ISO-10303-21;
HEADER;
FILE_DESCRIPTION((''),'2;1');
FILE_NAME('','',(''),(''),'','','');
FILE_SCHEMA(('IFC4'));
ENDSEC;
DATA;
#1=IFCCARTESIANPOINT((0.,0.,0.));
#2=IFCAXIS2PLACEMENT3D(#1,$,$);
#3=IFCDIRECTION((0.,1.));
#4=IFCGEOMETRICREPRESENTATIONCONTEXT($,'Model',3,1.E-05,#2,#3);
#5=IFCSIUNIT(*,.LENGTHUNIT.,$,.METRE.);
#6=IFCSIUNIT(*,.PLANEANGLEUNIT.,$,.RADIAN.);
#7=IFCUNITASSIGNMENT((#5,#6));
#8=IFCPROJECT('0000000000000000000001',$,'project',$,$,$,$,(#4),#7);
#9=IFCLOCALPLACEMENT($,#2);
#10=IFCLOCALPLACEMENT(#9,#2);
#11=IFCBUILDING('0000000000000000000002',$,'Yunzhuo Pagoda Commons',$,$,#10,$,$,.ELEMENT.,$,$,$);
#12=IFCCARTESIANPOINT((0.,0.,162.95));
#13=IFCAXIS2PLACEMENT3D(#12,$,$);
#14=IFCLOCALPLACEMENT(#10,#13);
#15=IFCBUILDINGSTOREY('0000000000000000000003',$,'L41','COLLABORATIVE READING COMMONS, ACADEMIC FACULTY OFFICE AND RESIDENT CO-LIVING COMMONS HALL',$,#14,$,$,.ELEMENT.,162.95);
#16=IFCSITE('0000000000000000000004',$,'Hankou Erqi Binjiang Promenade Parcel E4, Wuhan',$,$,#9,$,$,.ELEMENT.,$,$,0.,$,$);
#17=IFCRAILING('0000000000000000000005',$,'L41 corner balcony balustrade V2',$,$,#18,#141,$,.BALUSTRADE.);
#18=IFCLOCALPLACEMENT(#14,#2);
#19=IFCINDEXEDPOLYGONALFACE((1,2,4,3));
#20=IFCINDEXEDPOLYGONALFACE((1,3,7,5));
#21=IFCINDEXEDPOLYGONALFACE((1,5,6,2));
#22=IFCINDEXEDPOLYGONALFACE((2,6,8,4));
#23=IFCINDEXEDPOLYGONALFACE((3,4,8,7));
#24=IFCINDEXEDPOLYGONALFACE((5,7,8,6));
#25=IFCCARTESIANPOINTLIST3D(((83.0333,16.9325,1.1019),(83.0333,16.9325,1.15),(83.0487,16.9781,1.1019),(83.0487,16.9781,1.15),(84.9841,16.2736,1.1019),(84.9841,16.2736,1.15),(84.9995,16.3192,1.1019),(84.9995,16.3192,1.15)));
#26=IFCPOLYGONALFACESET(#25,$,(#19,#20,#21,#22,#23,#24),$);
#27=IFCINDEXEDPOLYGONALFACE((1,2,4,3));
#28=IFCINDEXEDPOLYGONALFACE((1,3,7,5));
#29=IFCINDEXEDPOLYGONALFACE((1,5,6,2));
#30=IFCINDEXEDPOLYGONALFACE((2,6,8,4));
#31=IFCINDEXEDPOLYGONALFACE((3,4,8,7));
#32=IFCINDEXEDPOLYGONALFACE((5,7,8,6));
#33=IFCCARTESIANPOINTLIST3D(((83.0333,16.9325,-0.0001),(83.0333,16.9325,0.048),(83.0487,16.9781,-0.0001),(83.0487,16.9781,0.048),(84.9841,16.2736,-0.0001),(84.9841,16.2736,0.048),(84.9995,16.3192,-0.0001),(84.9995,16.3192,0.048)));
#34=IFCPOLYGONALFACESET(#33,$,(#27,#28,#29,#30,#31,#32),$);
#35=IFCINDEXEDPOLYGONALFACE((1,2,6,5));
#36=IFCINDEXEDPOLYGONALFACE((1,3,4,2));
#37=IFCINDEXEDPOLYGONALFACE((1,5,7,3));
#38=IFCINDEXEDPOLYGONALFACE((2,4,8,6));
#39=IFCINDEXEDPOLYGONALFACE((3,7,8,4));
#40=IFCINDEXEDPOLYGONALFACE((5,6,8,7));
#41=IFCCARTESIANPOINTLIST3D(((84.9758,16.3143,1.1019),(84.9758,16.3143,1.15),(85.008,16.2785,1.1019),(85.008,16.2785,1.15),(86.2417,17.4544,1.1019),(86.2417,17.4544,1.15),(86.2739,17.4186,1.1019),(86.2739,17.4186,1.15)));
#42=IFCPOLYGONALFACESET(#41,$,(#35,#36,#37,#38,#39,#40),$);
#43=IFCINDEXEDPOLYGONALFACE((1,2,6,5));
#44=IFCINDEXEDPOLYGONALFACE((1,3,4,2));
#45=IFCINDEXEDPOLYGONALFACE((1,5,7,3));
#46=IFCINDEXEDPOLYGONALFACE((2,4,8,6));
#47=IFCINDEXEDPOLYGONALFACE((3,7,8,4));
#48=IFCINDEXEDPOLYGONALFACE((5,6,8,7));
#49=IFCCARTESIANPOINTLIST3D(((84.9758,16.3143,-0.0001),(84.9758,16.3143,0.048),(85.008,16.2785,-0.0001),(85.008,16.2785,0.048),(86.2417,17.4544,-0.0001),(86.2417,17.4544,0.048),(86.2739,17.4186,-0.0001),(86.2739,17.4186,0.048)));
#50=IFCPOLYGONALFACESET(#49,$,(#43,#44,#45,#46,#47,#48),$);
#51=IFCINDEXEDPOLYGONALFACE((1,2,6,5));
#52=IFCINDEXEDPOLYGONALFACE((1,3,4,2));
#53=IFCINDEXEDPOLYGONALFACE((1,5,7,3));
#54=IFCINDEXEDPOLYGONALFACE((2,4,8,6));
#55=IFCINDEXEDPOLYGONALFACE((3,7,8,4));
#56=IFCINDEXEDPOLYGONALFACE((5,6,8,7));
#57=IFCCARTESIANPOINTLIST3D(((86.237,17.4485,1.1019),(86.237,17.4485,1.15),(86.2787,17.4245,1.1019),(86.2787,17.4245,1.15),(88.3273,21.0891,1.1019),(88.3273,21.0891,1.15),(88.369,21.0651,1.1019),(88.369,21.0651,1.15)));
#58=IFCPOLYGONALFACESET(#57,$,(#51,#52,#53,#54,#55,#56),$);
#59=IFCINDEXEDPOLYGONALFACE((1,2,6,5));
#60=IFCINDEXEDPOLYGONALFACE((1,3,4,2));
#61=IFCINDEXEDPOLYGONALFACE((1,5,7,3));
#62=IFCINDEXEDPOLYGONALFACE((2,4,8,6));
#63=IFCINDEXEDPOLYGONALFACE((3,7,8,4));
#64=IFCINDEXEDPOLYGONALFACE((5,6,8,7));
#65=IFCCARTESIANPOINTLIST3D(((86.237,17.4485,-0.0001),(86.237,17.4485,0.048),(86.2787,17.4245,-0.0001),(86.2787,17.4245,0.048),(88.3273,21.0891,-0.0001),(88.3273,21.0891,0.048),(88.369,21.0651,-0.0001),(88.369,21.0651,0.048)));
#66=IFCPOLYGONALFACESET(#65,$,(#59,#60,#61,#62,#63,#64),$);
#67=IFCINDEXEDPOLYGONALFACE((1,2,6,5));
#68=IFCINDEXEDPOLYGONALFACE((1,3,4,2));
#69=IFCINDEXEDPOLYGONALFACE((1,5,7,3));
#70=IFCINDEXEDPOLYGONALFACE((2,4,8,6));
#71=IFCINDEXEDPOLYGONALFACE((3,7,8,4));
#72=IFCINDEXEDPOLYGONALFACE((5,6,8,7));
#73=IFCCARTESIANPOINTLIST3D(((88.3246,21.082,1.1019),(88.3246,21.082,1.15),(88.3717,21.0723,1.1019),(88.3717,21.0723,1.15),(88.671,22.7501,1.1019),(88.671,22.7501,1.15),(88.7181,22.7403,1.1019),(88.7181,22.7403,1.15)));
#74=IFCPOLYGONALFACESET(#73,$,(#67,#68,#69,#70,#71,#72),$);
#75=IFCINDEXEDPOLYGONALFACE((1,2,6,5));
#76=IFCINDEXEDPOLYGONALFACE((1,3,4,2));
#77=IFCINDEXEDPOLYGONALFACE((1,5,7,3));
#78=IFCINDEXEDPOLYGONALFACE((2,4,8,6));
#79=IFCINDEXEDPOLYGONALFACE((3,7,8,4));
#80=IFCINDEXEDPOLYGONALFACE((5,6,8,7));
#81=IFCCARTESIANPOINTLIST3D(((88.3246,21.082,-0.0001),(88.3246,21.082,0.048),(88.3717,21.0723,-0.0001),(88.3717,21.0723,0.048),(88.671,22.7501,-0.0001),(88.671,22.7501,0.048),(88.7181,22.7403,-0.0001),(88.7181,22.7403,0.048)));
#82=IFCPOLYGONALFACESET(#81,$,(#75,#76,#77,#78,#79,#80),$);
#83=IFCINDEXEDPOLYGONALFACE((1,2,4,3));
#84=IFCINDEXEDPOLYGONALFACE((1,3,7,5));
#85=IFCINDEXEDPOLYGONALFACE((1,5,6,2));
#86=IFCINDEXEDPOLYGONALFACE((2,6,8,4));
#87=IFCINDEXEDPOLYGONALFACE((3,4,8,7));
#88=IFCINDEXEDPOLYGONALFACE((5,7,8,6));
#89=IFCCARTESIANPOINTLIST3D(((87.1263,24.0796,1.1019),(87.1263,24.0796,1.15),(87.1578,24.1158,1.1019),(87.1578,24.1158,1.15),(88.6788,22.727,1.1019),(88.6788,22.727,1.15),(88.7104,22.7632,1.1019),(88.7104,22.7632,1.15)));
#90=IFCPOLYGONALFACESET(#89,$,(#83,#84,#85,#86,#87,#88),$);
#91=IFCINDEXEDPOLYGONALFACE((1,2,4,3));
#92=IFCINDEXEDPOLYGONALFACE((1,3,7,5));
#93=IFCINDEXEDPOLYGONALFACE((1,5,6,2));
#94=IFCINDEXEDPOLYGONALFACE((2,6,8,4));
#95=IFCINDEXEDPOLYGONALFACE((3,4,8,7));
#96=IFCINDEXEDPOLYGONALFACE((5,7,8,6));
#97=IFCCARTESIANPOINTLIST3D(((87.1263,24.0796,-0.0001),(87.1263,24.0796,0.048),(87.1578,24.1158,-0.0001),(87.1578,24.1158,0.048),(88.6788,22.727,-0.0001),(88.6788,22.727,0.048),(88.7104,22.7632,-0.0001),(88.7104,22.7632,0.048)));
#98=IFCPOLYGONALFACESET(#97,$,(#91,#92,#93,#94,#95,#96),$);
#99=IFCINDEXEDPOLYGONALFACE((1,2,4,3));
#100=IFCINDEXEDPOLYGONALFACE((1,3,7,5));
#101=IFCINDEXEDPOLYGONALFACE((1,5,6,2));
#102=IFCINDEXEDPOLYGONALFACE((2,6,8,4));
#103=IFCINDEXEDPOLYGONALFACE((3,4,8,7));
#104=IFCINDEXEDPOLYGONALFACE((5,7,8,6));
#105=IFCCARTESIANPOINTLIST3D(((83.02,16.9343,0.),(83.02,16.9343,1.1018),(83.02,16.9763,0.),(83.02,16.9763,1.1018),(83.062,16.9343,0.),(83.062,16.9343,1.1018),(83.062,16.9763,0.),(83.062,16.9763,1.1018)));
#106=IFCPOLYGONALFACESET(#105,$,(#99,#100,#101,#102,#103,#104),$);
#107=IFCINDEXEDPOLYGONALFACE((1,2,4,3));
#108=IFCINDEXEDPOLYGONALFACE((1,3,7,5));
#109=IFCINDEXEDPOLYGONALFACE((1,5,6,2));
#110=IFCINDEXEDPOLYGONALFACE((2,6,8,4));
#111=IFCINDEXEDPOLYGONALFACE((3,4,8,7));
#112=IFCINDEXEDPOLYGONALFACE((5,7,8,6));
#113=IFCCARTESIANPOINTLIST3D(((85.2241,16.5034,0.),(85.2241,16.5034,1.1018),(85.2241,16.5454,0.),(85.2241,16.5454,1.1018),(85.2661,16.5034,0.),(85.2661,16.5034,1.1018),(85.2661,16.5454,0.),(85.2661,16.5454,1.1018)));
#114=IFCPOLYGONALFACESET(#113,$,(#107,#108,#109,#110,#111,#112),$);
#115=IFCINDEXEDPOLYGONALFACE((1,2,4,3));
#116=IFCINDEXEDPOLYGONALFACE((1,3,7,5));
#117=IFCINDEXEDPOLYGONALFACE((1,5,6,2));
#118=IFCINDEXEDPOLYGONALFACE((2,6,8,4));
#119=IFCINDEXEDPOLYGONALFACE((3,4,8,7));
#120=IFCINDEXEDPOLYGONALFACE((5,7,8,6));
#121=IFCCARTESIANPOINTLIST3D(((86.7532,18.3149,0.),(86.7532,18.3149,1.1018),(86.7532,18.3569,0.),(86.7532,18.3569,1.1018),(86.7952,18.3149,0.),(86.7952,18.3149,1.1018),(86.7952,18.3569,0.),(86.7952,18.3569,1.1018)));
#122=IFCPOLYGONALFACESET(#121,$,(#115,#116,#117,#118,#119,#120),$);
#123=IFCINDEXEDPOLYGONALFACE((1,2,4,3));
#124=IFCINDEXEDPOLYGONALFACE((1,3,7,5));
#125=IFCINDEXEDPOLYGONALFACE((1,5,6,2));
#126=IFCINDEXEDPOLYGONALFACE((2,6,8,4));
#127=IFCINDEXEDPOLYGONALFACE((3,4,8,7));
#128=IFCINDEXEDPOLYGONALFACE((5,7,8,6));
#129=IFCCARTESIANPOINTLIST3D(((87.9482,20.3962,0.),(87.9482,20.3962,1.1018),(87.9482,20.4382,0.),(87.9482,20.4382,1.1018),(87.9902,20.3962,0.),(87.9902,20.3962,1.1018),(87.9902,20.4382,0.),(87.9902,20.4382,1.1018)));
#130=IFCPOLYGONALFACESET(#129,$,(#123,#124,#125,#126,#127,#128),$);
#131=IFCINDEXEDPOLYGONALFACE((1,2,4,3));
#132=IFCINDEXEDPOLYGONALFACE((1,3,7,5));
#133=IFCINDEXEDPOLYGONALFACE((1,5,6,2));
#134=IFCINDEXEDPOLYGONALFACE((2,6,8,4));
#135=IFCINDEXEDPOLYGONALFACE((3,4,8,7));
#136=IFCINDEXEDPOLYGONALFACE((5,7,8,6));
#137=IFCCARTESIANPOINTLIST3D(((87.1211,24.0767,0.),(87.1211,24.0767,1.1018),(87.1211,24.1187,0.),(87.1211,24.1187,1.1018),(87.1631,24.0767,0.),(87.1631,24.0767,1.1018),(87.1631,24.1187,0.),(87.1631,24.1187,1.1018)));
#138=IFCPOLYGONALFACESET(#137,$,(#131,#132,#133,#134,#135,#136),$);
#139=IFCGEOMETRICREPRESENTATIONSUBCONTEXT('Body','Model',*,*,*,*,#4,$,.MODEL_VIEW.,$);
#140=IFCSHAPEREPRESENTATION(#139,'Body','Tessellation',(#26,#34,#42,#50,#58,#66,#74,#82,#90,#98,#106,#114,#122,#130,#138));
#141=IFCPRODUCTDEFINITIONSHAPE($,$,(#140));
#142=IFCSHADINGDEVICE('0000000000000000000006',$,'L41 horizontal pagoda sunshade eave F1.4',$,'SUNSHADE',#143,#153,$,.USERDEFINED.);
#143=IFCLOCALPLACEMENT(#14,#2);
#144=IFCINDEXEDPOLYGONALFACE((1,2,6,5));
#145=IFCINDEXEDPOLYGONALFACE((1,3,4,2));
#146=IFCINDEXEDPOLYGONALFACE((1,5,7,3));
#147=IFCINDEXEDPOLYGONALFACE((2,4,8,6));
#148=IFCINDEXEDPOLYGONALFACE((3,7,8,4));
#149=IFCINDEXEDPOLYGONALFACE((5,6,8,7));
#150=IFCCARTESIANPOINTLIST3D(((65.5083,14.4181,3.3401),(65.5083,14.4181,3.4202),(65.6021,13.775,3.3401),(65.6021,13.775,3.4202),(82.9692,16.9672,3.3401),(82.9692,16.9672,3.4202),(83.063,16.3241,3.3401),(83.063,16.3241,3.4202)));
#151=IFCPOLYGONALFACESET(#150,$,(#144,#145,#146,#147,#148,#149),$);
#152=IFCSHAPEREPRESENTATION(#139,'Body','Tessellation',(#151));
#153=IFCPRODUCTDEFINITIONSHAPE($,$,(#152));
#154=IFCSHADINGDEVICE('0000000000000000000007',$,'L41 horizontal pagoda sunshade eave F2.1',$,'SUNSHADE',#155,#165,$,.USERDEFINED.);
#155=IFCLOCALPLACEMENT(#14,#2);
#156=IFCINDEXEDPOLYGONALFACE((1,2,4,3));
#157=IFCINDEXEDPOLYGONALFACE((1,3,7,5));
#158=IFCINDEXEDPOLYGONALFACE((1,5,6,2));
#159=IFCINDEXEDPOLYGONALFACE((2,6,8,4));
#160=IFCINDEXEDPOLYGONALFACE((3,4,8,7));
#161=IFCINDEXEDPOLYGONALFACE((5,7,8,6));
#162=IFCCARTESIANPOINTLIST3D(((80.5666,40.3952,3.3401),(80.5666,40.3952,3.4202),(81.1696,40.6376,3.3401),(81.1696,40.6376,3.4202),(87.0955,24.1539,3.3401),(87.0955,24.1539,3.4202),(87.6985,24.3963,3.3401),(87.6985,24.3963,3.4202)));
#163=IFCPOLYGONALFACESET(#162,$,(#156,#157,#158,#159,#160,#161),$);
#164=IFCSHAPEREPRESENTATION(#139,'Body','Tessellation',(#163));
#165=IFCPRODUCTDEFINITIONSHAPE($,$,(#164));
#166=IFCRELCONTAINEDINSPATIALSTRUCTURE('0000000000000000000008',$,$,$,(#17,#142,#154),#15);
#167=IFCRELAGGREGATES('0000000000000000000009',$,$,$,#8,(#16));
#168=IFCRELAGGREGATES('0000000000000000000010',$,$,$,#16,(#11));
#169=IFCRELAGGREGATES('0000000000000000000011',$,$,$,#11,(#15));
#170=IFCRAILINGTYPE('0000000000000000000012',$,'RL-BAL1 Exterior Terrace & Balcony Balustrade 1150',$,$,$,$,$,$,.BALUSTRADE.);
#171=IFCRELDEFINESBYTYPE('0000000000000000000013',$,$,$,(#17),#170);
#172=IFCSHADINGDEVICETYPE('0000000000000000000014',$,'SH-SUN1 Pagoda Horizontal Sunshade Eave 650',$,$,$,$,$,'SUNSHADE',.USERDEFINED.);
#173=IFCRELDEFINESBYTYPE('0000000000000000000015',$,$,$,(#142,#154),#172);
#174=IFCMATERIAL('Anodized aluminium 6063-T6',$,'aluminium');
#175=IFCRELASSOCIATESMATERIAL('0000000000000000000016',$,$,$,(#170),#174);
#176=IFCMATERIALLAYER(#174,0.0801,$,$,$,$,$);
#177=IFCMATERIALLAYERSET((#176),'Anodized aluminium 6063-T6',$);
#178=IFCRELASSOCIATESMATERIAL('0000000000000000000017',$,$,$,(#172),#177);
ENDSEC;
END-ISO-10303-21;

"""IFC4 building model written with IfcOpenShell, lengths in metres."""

from ifc_helpers import new_model, si_unit, direction, frame, origin, origin_2d, place, context, subcontext, project, spatial, rectangle, extrude, source, transform, mapped, material, layer, layer_set, type_object, element, save


model = new_model("IFC4")

# Units and contexts
model_context = context("Model", 3, precision=1e-05, world=origin(), true_north=direction((0.0, 1.0)))
body_context = subcontext(model_context, "Body", "Model", "MODEL_VIEW")
ifc_project = project(units=[si_unit("LENGTHUNIT", "METRE"), si_unit("PLANEANGLEUNIT", "RADIAN")], contexts=[model_context])

# Site, building, storey
site_placement = place(None, origin())
site = spatial("IfcSite", under=ifc_project, at=site_placement, Name="Hankou Erqi Binjiang Promenade Parcel E4, Wuhan", CompositionType="ELEMENT", RefElevation=0.0)
building_placement = place(site_placement, origin())
building = spatial("IfcBuilding", under=site, at=building_placement, Name="Yunzhuo Pagoda Commons", CompositionType="ELEMENT")
storey_placement = place(building_placement, frame((0.0, 0.0, 162.95)))
storey = spatial("IfcBuildingStorey", under=building, at=storey_placement, Name="L41", Description="COLLABORATIVE READING COMMONS, ACADEMIC FACULTY OFFICE AND RESIDENT CO-LIVING COMMONS HALL", CompositionType="ELEMENT", Elevation=162.95)

# Shared definitions
ifc_material_1 = material(Name="Anodized aluminium 6063-T6", Category="aluminium")

# Railing
railing_type = type_object("IfcRailingType", Name="RL-BAL1 Exterior Terrace & Balcony Balustrade 1150", PredefinedType="BALUSTRADE", material=ifc_material_1)
railing_placement = place(storey_placement, frame((83.041, 16.9553, 0.0)))
element("IfcRailing", 1, at=railing_placement, inside=storey, type_object=railing_type, Name="L41 corner balcony balustrade V2", PredefinedType="BALUSTRADE", context=body_context, shape_type="SweptSolid", body=[
    extrude(rectangle(XDim=0.0481, YDim=0.0481, at=origin_2d()), frame((0.0, 0.0, 1.126), z_axis=(0.947419, -0.319996, 0.0), x_axis=(0.319996, 0.947419, 0.0)), (0.0, 0.0, 1.0), 2.0591),
    extrude(rectangle(XDim=0.0481, YDim=0.0481, at=origin_2d()), frame((0.0, 0.0, 0.0239), z_axis=(0.947419, -0.319996, 0.0), x_axis=(0.319996, 0.947419, 0.0)), (0.0, 0.0, 1.0), 2.0591),
    extrude(rectangle(XDim=0.0481, YDim=0.0481, at=origin_2d()), frame((1.9509, -0.6589, 1.126), z_axis=(0.743045, 0.669242, 0.0), x_axis=(-0.669242, 0.743045, 0.0)), (0.0, 0.0, 1.0), 1.7036),
    extrude(rectangle(XDim=0.0481, YDim=0.0481, at=origin_2d()), frame((1.9509, -0.6589, 0.0239), z_axis=(0.743045, 0.669242, 0.0), x_axis=(-0.669242, 0.743045, 0.0)), (0.0, 0.0, 1.0), 1.7036),
    extrude(rectangle(XDim=0.0481, YDim=0.0481, at=origin_2d()), frame((3.2168, 0.4812, 1.126), z_axis=(0.497929, 0.867218, 0.0), x_axis=(-0.867218, 0.497929, 0.0)), (0.0, 0.0, 1.0), 4.198),
    extrude(rectangle(XDim=0.0481, YDim=0.0481, at=origin_2d()), frame((3.2168, 0.4812, 0.0239), z_axis=(0.497929, 0.867218, 0.0), x_axis=(-0.867218, 0.497929, 0.0)), (0.0, 0.0, 1.0), 4.198),
    extrude(rectangle(XDim=0.0481, YDim=0.0481, at=origin_2d()), frame((5.3071, 4.1218, 1.126), z_axis=(0.203359, 0.979104, 0.0), x_axis=(-0.979104, 0.203359, 0.0)), (0.0, 0.0, 1.0), 1.7036),
    extrude(rectangle(XDim=0.0481, YDim=0.0481, at=origin_2d()), frame((5.3071, 4.1218, 0.0239), z_axis=(0.203359, 0.979104, 0.0), x_axis=(-0.979104, 0.203359, 0.0)), (0.0, 0.0, 1.0), 1.7036),
    extrude(rectangle(XDim=0.0481, YDim=0.0481, at=origin_2d()), frame((5.6536, 5.7898, 1.126), z_axis=(-0.753993, 0.656883, 0.0), x_axis=(-0.656883, -0.753993, 0.0)), (0.0, 0.0, 1.0), 2.0591),
    extrude(rectangle(XDim=0.0481, YDim=0.0481, at=origin_2d()), frame((5.6536, 5.7898, 0.0239), z_axis=(-0.753993, 0.656883, 0.0), x_axis=(-0.656883, -0.753993, 0.0)), (0.0, 0.0, 1.0), 2.0591),
    extrude(rectangle(XDim=0.042, YDim=0.042, at=origin_2d()), origin(), (0.0, 0.0, 1.0), 1.1018),
    extrude(rectangle(XDim=0.042, YDim=0.042, at=origin_2d()), frame((2.2041, -0.4309, 0.0)), (0.0, 0.0, 1.0), 1.1018),
    extrude(rectangle(XDim=0.042, YDim=0.042, at=origin_2d()), frame((3.7332, 1.3806, 0.0)), (0.0, 0.0, 1.0), 1.1018),
    extrude(rectangle(XDim=0.042, YDim=0.042, at=origin_2d()), frame((4.9282, 3.4619, 0.0)), (0.0, 0.0, 1.0), 1.1018),
    extrude(rectangle(XDim=0.042, YDim=0.042, at=origin_2d()), frame((4.1011, 7.1423, 0.0)), (0.0, 0.0, 1.0), 1.1018),
])

# Shading devices
ifc_layer_1 = layer(ifc_material_1, 0.0801)
ifc_layer_set_1 = layer_set([ifc_layer_1], Name="Anodized aluminium 6063-T6")
shading_device_type = type_object("IfcShadingDeviceType", Name="SH-SUN1 Pagoda Horizontal Sunshade Eave 650", ElementType="SUNSHADE", PredefinedType="USERDEFINED", material=ifc_layer_set_1)
shared_shape_1 = source(origin(), body_context, "Body", "SweptSolid", [
    extrude(rectangle(XDim=17.646, YDim=0.6499, at=origin_2d()), origin(), (0.0, 0.0, 1.0), 0.0801),
])
shading_device_1_placement = place(storey_placement, frame((74.2856, 15.3711, 3.3401), z_axis=(0.0, 0.0, 1.0), x_axis=(0.989511, 0.14446, 0.0)))
element("IfcShadingDevice", 2, at=shading_device_1_placement, inside=storey, type_object=shading_device_type, Name="L41 horizontal pagoda sunshade eave F1.4", ObjectType="SUNSHADE", PredefinedType="USERDEFINED", context=body_context, shape_type="MappedRepresentation", body=[
    mapped(shared_shape_1, transform((0.0, 0.0, 0.0), scale=1.0)),
])
shared_shape_2 = source(origin(), body_context, "Body", "SweptSolid", [
    extrude(rectangle(XDim=17.5044, YDim=0.6499, at=origin_2d()), origin(), (0.0, 0.0, 1.0), 0.0801),
])
shading_device_2_placement = place(storey_placement, frame((84.1326, 32.3958, 3.3401), z_axis=(0.0, 0.0, 1.0), x_axis=(-0.372988, 0.927836, 0.0)))
element("IfcShadingDevice", 3, at=shading_device_2_placement, inside=storey, type_object=shading_device_type, Name="L41 horizontal pagoda sunshade eave F2.1", ObjectType="SUNSHADE", PredefinedType="USERDEFINED", context=body_context, shape_type="MappedRepresentation", body=[
    mapped(shared_shape_2, transform((0.0, 0.0, 0.0), scale=1.0)),
])

save(model, "model.ifc")
